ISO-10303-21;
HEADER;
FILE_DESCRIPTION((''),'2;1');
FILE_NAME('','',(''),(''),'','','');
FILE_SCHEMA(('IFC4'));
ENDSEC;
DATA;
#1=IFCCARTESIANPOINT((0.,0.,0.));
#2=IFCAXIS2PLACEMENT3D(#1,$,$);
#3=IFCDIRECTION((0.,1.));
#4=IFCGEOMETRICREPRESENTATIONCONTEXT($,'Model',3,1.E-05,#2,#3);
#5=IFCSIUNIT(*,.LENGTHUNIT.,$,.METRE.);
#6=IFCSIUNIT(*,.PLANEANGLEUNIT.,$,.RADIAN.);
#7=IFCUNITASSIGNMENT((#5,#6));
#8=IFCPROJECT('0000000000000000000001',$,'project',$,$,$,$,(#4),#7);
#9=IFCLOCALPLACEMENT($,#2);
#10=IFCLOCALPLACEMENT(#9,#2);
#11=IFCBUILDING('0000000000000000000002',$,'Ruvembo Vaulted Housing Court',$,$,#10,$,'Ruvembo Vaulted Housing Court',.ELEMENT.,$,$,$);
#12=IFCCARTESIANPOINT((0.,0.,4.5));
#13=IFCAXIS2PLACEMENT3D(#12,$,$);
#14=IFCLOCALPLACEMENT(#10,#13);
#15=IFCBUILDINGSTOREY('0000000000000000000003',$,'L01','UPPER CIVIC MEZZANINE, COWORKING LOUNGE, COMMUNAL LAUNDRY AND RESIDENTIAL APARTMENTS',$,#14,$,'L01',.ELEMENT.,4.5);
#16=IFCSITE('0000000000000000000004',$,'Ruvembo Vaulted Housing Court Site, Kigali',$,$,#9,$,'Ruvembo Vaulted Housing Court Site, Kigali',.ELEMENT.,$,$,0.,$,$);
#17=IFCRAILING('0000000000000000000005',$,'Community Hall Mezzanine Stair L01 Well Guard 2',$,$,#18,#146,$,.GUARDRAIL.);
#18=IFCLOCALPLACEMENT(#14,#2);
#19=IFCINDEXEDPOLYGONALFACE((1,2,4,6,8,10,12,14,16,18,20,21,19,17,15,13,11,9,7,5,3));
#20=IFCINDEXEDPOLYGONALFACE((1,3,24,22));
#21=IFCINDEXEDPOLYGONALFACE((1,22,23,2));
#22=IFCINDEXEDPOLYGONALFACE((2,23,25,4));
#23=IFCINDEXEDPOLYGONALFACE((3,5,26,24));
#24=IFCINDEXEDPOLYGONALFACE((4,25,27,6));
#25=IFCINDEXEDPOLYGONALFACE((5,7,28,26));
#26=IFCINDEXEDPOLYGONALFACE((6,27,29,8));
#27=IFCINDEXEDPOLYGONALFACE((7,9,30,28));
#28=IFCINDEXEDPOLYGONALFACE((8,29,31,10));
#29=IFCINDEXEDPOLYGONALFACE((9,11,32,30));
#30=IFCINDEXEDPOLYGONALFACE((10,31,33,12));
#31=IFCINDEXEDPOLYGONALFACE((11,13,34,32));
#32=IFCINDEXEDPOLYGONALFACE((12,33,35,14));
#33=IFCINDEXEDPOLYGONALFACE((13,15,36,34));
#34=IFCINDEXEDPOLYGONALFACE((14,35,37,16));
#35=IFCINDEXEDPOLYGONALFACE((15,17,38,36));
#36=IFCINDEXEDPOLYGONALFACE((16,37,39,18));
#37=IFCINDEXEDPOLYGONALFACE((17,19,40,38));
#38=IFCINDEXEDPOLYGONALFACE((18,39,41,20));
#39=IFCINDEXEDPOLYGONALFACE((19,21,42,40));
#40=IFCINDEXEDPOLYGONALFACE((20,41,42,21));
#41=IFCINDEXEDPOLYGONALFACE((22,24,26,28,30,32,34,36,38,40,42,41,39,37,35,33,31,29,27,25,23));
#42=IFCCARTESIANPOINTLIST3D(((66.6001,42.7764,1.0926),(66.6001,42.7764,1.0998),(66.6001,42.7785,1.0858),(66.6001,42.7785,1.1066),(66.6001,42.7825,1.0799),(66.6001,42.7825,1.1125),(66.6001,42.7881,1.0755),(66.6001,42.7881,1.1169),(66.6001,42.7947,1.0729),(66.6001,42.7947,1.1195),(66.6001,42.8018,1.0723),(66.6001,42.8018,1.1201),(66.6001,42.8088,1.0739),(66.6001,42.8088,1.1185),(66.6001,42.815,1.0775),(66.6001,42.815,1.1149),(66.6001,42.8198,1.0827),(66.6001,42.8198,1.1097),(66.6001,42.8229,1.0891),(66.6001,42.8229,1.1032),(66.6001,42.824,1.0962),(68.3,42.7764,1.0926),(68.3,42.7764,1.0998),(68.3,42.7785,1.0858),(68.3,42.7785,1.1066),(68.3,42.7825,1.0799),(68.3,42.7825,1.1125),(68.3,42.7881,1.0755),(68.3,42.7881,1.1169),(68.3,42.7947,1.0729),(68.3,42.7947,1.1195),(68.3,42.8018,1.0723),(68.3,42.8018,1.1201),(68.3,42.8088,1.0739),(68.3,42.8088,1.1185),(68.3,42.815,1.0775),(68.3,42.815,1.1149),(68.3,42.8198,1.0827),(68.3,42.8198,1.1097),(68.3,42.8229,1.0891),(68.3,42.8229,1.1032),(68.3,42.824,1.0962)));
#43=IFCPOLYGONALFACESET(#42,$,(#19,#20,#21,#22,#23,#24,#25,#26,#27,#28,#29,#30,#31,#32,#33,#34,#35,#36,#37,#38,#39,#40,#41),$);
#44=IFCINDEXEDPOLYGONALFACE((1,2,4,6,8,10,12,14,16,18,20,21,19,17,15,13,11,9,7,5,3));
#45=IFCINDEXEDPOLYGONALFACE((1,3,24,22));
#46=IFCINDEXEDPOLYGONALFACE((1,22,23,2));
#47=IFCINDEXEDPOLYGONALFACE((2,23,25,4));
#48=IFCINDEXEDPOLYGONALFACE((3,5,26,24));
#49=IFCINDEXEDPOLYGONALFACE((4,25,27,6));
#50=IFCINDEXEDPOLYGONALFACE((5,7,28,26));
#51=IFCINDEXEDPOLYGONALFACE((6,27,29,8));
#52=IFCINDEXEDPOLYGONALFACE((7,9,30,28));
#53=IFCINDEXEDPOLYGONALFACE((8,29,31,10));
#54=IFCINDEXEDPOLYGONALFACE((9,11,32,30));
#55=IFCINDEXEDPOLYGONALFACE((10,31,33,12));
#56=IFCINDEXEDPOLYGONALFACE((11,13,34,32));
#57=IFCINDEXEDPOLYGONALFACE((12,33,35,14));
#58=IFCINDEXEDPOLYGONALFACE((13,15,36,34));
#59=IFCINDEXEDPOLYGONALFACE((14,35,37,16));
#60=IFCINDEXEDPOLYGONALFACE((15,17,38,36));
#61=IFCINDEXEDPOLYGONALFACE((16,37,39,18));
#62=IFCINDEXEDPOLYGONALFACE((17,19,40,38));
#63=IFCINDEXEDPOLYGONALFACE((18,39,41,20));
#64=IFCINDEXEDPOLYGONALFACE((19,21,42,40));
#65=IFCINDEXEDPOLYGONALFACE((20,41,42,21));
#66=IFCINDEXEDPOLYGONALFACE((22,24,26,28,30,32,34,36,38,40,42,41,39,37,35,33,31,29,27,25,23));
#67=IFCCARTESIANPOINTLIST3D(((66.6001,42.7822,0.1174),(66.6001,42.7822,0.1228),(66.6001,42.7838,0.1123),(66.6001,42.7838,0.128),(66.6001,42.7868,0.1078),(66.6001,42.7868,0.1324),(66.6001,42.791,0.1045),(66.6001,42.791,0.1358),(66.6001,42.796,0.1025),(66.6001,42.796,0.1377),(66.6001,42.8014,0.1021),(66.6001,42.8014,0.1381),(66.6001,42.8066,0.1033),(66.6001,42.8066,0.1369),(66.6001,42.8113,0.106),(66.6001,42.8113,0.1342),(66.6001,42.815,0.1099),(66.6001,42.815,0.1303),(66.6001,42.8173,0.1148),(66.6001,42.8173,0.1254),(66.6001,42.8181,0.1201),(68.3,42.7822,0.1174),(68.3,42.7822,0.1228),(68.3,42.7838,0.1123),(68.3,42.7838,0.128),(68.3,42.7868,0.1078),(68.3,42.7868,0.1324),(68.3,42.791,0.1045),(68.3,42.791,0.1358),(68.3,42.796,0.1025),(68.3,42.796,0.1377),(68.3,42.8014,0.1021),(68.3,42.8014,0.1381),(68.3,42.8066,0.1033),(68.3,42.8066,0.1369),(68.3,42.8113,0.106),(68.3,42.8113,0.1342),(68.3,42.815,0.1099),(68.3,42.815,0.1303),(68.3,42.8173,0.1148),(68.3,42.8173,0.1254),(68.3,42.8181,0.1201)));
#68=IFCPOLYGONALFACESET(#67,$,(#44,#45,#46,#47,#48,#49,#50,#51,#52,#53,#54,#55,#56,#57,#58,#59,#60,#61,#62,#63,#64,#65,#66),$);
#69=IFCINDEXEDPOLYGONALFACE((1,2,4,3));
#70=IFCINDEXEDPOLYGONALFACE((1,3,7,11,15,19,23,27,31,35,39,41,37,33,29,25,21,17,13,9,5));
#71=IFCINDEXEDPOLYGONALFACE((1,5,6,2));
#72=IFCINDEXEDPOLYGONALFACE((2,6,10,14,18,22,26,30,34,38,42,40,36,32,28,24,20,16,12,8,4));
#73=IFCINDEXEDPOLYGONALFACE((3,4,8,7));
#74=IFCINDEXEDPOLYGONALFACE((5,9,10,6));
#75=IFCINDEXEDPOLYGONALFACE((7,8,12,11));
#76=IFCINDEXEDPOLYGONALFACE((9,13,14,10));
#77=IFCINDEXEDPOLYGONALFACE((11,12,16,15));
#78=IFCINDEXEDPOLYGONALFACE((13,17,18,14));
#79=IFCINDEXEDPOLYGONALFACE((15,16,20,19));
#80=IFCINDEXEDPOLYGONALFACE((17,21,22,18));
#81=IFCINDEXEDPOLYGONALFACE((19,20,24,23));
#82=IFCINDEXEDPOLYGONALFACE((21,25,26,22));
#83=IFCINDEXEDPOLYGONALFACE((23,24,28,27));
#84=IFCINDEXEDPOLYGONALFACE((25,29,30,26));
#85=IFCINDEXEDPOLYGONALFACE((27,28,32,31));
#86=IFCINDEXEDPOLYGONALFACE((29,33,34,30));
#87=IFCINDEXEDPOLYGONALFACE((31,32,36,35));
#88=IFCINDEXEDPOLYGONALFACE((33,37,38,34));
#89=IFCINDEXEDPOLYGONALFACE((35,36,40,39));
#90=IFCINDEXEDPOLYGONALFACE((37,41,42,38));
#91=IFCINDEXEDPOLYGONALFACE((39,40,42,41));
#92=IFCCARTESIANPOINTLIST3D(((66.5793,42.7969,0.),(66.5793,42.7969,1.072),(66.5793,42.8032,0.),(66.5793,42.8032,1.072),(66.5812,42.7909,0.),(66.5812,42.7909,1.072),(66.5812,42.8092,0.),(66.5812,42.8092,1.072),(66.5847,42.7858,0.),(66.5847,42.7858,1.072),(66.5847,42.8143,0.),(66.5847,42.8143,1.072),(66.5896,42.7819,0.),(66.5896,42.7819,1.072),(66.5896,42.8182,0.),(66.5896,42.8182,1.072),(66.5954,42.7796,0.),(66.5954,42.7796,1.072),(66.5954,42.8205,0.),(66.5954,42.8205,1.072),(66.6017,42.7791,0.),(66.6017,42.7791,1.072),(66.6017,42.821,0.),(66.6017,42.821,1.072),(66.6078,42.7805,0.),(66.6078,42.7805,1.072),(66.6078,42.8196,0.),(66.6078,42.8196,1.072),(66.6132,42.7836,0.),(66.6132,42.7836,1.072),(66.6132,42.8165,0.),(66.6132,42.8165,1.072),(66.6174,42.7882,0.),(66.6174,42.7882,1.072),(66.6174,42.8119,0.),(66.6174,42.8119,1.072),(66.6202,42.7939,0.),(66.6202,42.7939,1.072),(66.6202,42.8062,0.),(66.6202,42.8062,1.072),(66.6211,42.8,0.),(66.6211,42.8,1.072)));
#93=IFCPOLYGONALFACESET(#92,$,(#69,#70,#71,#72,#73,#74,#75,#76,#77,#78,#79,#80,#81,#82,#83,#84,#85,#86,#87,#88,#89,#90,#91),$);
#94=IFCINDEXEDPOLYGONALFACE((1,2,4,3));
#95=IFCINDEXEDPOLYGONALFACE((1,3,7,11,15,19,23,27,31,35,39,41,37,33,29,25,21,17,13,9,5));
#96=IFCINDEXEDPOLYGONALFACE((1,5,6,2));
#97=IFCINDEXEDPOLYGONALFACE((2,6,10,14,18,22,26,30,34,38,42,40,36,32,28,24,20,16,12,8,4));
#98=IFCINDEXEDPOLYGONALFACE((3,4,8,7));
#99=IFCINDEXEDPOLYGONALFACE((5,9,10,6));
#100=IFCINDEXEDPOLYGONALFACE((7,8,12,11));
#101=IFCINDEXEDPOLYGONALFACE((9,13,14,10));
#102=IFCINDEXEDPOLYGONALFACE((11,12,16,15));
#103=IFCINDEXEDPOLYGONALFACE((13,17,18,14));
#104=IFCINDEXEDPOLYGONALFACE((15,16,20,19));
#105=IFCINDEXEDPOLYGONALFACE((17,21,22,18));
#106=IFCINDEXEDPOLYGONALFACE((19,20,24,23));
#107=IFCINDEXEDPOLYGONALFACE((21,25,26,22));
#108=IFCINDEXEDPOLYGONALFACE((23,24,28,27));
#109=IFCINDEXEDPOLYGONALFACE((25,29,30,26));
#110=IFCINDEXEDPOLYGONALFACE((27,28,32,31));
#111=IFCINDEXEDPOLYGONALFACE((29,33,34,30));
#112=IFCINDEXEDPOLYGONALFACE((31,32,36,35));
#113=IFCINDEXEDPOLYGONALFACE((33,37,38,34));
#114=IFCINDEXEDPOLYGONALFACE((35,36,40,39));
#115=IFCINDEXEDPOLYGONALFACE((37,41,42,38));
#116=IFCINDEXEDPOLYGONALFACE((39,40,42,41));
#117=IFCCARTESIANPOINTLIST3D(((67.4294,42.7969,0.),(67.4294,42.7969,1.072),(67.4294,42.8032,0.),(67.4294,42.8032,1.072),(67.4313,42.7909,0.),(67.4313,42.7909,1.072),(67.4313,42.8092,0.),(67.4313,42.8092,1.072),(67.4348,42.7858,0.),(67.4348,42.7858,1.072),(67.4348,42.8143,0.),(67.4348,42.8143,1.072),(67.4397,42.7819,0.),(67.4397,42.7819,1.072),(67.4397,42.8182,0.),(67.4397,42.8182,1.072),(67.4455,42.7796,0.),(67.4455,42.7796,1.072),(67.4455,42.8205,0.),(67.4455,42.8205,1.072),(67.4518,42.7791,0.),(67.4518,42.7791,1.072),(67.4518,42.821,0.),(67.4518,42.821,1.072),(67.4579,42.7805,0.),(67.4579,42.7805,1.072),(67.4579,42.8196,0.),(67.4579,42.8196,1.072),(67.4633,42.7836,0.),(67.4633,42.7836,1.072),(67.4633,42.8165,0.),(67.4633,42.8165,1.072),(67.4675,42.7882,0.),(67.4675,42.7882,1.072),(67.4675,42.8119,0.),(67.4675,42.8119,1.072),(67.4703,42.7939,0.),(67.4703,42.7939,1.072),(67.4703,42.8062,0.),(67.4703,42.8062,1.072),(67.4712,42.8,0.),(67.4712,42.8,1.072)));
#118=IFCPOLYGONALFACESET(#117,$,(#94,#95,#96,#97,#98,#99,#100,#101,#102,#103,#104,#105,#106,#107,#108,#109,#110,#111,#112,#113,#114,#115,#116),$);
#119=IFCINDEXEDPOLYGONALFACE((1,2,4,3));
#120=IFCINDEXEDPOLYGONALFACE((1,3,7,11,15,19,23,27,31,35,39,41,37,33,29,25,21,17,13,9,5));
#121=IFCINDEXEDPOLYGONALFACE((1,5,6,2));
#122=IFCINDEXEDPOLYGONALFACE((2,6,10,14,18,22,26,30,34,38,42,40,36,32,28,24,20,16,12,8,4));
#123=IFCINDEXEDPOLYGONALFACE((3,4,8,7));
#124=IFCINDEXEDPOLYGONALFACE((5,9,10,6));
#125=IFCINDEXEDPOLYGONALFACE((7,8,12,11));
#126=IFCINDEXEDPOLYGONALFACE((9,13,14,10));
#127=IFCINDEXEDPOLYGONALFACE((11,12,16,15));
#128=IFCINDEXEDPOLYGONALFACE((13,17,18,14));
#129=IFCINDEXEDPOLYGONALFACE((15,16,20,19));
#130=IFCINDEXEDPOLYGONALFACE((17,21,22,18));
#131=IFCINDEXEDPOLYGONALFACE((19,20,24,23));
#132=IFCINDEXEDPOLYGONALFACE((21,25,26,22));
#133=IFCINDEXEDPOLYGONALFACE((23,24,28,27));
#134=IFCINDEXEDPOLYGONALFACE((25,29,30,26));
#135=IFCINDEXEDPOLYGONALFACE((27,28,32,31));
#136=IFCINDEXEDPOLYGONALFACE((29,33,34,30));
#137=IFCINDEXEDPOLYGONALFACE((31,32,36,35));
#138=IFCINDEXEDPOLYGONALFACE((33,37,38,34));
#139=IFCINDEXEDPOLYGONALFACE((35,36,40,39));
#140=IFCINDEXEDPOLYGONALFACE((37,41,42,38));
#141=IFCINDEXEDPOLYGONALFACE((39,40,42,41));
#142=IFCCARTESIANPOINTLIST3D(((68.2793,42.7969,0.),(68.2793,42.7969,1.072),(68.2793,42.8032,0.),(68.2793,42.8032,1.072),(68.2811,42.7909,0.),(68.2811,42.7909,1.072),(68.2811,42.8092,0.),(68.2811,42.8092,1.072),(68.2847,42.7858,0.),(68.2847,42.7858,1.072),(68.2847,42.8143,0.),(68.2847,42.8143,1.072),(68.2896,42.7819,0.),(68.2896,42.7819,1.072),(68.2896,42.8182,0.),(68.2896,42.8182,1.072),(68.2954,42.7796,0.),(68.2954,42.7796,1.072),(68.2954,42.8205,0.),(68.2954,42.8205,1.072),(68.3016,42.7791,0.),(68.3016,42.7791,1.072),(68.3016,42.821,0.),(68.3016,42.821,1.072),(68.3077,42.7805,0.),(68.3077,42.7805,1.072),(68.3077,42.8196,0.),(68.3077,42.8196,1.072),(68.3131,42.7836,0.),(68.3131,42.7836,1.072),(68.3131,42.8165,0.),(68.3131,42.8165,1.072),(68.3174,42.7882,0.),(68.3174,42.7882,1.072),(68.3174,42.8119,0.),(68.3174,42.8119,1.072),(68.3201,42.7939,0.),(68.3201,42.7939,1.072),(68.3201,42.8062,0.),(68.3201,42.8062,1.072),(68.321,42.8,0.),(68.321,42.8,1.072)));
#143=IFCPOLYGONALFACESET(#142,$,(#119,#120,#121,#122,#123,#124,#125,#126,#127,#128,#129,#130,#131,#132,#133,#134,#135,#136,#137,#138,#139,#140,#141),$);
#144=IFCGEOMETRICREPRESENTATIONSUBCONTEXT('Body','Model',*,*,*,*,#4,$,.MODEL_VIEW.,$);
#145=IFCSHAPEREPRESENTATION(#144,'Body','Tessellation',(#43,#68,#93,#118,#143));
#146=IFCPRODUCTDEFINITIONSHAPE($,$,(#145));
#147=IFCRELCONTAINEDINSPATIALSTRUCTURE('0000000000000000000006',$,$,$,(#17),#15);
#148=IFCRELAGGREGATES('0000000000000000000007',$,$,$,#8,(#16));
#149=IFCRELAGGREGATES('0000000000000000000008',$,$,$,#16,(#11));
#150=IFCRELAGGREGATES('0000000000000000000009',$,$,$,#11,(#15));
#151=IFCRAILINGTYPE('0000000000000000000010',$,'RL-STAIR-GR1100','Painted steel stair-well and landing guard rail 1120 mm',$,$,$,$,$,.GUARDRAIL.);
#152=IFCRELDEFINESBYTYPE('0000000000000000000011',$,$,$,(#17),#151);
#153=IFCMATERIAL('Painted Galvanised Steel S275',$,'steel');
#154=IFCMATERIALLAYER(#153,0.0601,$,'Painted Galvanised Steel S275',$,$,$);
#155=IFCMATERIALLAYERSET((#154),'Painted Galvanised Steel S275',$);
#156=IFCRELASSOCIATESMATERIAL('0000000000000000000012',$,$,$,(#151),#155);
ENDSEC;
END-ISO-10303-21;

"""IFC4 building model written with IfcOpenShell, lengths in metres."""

from ifc_helpers import new_model, si_unit, direction, frame, origin, origin_2d, place, context, subcontext, project, spatial, circle, extrude, material, layer, layer_set, type_object, element, save


model = new_model("IFC4")

# Units and contexts
model_context = context("Model", 3, precision=1e-05, world=origin(), true_north=direction((0.0, 1.0)))
body_context = subcontext(model_context, "Body", "Model", "MODEL_VIEW")
ifc_project = project(units=[si_unit("LENGTHUNIT", "METRE"), si_unit("PLANEANGLEUNIT", "RADIAN")], contexts=[model_context])

# Site, building, storey
site_placement = place(None, origin())
site = spatial("IfcSite", under=ifc_project, at=site_placement, Name="Ruvembo Vaulted Housing Court Site, Kigali", LongName="Ruvembo Vaulted Housing Court Site, Kigali", CompositionType="ELEMENT", RefElevation=0.0)
building_placement = place(site_placement, origin())
building = spatial("IfcBuilding", under=site, at=building_placement, Name="Ruvembo Vaulted Housing Court", LongName="Ruvembo Vaulted Housing Court", CompositionType="ELEMENT")
storey_placement = place(building_placement, frame((0.0, 0.0, 4.5)))
storey = spatial("IfcBuildingStorey", under=building, at=storey_placement, Name="L01", Description="UPPER CIVIC MEZZANINE, COWORKING LOUNGE, COMMUNAL LAUNDRY AND RESIDENTIAL APARTMENTS", LongName="L01", CompositionType="ELEMENT", Elevation=4.5)

# Railing
ifc_material_1 = material(Name="Painted Galvanised Steel S275", Category="steel")
ifc_layer_1 = layer(ifc_material_1, 0.0601, Name="Painted Galvanised Steel S275")
ifc_layer_set_1 = layer_set([ifc_layer_1], Name="Painted Galvanised Steel S275")
railing_type = type_object("IfcRailingType", Name="RL-STAIR-GR1100", Description="Painted steel stair-well and landing guard rail 1120 mm", PredefinedType="GUARDRAIL", material=ifc_layer_set_1)
railing_1_placement = place(storey_placement, frame((66.6001, 42.8, 0.0)))
element("IfcRailing", 1, at=railing_1_placement, inside=storey, type_object=railing_type, Name="Community Hall Mezzanine Stair L01 Well Guard 2", PredefinedType="GUARDRAIL", context=body_context, shape_type="SweptSolid", body=[
    extrude(circle(Radius=0.0239, at=origin_2d()), frame((0.0, 0.0, 1.0962), z_axis=(1.0, 0.0, 0.0), x_axis=(0.0, 1.0, 0.0)), (0.0, 0.0, 1.0), 1.7),
    extrude(circle(Radius=0.0181, at=origin_2d()), frame((0.0, 0.0, 0.1201), z_axis=(1.0, 0.0, 0.0), x_axis=(0.0, 1.0, 0.0)), (0.0, 0.0, 1.0), 1.7),
    extrude(circle(Radius=0.021, at=origin_2d()), origin(), (0.0, 0.0, 1.0), 1.072),
    extrude(circle(Radius=0.021, at=origin_2d()), frame((0.8501, 0.0, 0.0)), (0.0, 0.0, 1.0), 1.072),
    extrude(circle(Radius=0.021, at=origin_2d()), frame((1.7, 0.0, 0.0)), (0.0, 0.0, 1.0), 1.072),
])

save(model, "model.ifc")
